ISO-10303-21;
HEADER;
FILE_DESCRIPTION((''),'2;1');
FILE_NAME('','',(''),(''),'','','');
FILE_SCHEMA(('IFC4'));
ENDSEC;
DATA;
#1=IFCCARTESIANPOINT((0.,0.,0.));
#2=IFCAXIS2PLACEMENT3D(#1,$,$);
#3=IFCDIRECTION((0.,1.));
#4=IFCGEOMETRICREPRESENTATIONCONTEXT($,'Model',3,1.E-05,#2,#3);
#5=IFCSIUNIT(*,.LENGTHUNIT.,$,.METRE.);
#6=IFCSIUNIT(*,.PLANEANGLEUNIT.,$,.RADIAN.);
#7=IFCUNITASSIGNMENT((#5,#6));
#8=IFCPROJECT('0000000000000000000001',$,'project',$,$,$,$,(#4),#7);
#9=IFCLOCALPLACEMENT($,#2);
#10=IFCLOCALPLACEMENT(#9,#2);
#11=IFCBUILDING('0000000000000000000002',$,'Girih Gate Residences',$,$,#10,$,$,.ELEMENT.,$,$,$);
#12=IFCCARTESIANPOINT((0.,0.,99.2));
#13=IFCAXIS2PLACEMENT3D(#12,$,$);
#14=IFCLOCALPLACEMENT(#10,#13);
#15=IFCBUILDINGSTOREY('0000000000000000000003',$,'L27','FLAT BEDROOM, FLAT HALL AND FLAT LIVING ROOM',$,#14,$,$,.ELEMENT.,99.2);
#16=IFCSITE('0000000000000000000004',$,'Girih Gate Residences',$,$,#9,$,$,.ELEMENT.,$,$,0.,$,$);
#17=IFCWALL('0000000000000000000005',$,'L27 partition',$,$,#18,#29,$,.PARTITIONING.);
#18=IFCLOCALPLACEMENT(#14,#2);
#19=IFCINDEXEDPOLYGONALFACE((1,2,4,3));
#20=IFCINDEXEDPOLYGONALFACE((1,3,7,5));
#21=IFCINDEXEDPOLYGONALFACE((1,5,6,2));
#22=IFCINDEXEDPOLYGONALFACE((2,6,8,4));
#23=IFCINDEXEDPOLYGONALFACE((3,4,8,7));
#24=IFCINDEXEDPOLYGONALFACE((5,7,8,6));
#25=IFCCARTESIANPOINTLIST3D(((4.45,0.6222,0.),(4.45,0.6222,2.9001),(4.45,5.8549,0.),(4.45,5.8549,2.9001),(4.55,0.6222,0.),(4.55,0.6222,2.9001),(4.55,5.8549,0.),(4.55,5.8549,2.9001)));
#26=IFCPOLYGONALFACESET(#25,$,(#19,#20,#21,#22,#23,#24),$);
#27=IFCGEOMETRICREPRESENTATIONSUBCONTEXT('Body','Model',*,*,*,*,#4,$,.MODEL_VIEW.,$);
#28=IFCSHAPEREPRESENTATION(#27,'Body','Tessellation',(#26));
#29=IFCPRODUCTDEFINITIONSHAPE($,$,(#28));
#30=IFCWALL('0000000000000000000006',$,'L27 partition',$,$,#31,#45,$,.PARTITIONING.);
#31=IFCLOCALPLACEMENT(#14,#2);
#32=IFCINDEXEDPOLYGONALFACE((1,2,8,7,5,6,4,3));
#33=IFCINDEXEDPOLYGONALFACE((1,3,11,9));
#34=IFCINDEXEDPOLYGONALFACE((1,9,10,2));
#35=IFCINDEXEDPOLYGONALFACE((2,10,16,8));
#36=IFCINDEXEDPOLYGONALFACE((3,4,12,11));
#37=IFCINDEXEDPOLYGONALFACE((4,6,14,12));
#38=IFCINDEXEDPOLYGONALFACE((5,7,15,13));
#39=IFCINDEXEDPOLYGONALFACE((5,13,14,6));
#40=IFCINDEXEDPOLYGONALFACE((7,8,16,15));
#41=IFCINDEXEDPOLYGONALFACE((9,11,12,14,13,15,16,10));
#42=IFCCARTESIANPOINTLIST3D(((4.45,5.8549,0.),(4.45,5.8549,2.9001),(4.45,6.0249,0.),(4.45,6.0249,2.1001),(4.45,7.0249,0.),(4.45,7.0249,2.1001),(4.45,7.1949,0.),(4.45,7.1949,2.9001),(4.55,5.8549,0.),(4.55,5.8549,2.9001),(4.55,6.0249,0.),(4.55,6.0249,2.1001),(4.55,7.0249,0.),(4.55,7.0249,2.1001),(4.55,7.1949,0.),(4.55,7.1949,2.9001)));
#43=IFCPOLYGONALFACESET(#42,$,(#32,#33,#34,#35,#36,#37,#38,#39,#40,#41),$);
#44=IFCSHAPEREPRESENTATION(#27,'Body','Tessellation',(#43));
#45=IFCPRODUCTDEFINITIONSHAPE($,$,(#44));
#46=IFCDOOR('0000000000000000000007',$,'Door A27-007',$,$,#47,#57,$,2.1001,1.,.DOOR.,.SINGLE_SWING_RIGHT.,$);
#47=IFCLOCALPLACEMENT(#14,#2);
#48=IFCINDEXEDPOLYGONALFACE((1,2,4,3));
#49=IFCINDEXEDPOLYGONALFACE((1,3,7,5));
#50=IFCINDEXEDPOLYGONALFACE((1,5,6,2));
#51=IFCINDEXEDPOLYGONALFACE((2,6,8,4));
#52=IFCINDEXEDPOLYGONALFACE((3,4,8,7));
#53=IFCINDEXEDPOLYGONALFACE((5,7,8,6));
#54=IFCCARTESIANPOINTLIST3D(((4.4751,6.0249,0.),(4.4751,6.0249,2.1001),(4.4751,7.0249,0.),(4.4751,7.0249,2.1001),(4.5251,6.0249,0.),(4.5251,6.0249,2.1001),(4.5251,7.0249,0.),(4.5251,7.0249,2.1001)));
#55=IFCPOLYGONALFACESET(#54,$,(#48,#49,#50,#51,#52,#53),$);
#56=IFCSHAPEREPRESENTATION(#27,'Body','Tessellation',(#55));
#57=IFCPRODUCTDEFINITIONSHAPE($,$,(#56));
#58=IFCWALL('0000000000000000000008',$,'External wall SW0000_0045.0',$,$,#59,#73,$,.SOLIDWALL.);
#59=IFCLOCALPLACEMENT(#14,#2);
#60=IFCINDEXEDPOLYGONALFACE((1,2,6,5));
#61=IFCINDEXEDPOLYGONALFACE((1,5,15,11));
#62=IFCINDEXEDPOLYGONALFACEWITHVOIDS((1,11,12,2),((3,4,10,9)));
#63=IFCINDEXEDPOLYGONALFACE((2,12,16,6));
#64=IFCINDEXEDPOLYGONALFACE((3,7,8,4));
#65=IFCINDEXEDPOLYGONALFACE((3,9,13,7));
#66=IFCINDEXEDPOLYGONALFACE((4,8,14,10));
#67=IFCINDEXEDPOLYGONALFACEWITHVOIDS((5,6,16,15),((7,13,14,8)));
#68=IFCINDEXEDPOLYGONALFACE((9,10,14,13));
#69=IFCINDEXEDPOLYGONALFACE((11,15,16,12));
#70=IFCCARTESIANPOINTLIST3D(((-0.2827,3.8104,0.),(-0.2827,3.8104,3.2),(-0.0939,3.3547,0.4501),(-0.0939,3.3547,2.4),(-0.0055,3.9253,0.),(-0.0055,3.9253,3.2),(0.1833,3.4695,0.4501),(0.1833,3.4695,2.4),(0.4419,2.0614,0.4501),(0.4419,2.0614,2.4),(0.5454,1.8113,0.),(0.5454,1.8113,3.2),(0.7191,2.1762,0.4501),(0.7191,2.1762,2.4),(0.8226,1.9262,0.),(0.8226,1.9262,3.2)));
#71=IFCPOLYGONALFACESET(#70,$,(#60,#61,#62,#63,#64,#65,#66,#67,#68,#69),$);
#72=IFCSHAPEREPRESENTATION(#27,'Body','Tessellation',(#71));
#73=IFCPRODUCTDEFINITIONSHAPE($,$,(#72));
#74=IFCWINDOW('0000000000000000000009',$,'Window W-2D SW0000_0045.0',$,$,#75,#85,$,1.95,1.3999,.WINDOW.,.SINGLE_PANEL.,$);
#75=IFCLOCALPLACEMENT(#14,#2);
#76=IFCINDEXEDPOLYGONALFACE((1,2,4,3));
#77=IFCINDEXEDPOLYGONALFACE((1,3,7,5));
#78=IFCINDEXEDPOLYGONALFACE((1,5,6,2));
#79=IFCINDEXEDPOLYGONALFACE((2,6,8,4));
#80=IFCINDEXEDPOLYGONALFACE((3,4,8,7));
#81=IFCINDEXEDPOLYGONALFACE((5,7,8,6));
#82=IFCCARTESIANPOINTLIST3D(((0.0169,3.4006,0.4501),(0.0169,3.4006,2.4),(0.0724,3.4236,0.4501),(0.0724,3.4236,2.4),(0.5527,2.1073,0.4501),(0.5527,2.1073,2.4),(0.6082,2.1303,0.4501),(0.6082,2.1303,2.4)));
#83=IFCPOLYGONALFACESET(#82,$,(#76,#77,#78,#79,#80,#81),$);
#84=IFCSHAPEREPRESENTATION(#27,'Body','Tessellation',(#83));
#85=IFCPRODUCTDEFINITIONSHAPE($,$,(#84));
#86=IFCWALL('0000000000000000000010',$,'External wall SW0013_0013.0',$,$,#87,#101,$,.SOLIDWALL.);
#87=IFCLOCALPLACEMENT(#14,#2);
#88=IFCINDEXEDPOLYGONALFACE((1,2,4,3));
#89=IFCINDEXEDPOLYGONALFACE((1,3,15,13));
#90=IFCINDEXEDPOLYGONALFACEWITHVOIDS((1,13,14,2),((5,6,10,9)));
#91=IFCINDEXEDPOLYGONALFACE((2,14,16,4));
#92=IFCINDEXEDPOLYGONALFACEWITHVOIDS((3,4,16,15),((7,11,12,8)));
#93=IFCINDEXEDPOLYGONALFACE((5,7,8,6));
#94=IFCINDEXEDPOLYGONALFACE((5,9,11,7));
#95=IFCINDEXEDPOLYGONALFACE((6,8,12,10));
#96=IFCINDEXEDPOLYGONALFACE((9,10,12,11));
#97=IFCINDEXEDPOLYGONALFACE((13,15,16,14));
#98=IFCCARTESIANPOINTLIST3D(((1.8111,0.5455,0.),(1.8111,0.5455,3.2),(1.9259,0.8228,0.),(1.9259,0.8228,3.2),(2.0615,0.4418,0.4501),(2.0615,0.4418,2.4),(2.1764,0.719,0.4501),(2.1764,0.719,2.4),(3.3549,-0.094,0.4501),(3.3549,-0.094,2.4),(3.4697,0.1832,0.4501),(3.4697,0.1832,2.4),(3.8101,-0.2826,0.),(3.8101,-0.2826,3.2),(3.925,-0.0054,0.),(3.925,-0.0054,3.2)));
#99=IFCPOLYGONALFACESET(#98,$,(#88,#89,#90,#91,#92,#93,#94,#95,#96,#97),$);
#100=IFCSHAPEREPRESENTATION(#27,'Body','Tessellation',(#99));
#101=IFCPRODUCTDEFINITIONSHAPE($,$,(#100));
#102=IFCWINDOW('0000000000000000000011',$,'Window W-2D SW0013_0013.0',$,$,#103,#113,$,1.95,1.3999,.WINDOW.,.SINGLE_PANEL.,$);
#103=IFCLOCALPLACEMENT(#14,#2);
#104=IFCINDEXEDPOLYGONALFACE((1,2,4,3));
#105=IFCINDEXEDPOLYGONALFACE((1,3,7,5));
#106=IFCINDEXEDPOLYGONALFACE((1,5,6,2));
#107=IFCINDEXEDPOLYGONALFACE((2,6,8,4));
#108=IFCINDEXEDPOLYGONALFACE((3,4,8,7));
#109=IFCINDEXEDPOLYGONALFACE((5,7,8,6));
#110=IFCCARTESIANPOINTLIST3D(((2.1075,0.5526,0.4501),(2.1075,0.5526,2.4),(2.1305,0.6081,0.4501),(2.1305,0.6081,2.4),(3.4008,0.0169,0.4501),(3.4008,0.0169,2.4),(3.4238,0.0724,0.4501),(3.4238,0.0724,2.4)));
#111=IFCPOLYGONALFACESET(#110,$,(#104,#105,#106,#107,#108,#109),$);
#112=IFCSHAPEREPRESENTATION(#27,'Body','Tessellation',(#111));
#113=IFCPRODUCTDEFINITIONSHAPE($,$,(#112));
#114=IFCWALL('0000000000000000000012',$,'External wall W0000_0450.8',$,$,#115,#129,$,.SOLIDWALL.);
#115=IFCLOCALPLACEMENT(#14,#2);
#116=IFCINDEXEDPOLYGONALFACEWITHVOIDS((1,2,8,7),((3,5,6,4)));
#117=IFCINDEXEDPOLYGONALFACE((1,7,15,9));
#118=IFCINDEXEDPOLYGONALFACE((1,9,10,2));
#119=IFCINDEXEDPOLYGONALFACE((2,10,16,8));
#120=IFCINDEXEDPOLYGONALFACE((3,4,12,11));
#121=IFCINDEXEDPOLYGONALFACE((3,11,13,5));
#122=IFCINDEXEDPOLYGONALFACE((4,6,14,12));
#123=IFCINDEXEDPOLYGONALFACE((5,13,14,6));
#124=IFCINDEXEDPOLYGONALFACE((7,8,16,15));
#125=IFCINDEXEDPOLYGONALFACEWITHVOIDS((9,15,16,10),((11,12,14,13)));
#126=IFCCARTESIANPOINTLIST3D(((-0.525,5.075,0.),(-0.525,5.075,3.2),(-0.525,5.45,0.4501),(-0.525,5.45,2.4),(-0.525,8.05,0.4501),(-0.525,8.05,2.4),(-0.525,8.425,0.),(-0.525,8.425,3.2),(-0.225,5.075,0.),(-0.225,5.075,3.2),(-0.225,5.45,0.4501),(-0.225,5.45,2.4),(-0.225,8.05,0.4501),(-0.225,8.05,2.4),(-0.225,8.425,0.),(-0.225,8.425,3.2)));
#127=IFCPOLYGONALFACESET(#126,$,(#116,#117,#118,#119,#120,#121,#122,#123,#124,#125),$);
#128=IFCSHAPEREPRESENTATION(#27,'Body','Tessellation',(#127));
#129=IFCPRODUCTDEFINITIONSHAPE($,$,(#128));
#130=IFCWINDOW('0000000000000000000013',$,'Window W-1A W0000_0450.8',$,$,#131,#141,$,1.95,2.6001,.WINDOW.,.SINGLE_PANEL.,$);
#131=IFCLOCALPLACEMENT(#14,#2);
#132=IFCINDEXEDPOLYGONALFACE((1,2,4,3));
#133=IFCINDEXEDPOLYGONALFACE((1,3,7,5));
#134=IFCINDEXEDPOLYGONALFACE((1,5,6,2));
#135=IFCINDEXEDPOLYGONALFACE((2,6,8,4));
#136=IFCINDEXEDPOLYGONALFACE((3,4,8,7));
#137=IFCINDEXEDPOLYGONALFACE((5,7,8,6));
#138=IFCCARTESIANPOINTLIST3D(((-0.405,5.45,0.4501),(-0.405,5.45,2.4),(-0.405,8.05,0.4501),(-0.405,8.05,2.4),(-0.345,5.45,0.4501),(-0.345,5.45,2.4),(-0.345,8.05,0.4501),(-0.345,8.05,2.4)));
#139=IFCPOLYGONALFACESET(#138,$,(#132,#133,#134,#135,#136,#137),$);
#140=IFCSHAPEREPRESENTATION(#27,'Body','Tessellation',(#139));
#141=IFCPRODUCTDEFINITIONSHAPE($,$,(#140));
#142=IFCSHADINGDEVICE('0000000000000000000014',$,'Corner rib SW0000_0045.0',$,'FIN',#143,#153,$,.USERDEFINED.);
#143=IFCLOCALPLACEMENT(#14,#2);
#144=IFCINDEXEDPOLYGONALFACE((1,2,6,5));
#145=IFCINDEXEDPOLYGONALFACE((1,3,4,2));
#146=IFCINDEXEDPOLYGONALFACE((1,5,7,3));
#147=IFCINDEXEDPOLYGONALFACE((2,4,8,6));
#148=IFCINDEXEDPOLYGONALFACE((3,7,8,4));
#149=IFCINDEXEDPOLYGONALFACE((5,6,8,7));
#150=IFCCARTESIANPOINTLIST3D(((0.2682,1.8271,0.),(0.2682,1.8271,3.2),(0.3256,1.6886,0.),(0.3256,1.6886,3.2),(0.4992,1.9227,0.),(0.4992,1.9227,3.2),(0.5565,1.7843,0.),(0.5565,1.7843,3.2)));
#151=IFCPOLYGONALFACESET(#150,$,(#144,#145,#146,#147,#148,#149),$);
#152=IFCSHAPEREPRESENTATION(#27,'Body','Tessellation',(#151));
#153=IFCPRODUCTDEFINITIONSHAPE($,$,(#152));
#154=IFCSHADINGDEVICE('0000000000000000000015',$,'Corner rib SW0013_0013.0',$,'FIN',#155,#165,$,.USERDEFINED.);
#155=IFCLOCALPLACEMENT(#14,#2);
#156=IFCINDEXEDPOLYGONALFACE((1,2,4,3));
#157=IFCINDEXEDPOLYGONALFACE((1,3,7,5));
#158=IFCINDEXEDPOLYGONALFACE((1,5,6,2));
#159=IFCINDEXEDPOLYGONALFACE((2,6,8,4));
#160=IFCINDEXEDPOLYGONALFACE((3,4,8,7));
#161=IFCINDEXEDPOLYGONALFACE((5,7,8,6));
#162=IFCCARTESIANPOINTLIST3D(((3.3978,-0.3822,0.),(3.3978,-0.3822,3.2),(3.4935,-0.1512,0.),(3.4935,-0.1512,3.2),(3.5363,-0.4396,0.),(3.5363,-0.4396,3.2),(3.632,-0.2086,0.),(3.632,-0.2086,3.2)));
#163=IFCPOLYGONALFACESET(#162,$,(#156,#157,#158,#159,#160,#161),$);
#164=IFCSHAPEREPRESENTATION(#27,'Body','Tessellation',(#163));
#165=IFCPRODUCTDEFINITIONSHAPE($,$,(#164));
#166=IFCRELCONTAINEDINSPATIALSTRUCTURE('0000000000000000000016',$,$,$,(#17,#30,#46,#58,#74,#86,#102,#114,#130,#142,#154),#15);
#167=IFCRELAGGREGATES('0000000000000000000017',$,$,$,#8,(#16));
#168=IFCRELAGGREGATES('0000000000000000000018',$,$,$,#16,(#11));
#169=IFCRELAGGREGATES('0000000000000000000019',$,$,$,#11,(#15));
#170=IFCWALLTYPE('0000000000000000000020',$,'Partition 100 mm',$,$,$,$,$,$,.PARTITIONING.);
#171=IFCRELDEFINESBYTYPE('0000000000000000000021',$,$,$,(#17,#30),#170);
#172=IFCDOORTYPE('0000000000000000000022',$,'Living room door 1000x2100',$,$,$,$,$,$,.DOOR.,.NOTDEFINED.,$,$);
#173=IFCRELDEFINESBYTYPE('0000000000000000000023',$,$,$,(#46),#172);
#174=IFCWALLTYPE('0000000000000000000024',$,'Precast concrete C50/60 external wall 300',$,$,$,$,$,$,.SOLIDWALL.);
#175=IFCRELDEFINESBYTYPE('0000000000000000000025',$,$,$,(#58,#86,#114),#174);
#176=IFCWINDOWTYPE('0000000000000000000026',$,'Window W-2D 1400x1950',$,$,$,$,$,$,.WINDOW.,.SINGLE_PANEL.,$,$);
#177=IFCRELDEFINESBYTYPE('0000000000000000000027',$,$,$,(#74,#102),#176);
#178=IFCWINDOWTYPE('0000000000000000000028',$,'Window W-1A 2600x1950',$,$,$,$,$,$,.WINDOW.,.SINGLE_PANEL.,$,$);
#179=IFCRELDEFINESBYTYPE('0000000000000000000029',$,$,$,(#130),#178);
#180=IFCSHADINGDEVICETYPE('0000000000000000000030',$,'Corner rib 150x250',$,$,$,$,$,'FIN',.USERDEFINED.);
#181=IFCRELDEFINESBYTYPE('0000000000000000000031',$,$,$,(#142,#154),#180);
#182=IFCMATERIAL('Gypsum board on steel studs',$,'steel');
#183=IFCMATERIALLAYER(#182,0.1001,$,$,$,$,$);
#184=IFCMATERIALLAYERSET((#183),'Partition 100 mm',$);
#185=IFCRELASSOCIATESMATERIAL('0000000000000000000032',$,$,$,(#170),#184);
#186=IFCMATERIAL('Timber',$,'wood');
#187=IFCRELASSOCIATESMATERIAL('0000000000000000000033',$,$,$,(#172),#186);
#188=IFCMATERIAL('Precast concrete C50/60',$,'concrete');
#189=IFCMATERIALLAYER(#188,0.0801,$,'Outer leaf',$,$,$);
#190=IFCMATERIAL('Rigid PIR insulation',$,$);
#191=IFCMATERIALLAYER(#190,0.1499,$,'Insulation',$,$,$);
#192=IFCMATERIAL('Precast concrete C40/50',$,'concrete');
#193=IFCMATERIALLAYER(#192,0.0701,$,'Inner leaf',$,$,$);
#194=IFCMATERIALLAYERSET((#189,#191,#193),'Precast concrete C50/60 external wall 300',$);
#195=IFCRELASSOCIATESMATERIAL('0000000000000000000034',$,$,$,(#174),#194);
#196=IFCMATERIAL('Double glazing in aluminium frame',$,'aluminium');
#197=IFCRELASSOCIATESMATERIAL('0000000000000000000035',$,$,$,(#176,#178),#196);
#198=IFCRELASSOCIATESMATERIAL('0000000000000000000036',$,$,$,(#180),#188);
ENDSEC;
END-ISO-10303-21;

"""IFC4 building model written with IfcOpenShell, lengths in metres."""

from ifc_helpers import new_model, si_unit, direction, frame, frame_2d, origin, origin_2d, place, context, subcontext, project, spatial, rectangle, extrude, material, layer, layer_set, type_object, element, fill, save


model = new_model("IFC4")

# Units and contexts
model_context = context("Model", 3, precision=1e-05, world=origin(), true_north=direction((0.0, 1.0)))
body_context = subcontext(model_context, "Body", "Model", "MODEL_VIEW")
ifc_project = project(units=[si_unit("LENGTHUNIT", "METRE"), si_unit("PLANEANGLEUNIT", "RADIAN")], contexts=[model_context])

# Site, building, storey
site_placement = place(None, origin())
site = spatial("IfcSite", under=ifc_project, at=site_placement, Name="Girih Gate Residences", CompositionType="ELEMENT", RefElevation=0.0)
building_placement = place(site_placement, origin())
building = spatial("IfcBuilding", under=site, at=building_placement, Name="Girih Gate Residences", CompositionType="ELEMENT")
storey_placement = place(building_placement, frame((0.0, 0.0, 99.2)))
storey = spatial("IfcBuildingStorey", under=building, at=storey_placement, Name="L27", Description="FLAT BEDROOM, FLAT HALL AND FLAT LIVING ROOM", CompositionType="ELEMENT", Elevation=99.2)

# Wall
ifc_material_1 = material(Name="Gypsum board on steel studs", Category="steel")
ifc_layer_1 = layer(ifc_material_1, 0.1001)
ifc_layer_set_1 = layer_set([ifc_layer_1], Name="Partition 100 mm")
wall_type_1 = type_object("IfcWallType", Name="Partition 100 mm", PredefinedType="PARTITIONING", material=ifc_layer_set_1)
wall_1_placement = place(storey_placement, frame((4.5, 0.6223, 0.0), z_axis=(0.0, 0.0, 1.0), x_axis=(0.0, 1.0, 0.0)))
element("IfcWall", 1, at=wall_1_placement, inside=storey, type_object=wall_type_1, Name="L27 partition", PredefinedType="PARTITIONING", context=body_context, shape_type="SweptSolid", body=[
    extrude(rectangle(XDim=5.2327, YDim=0.1001, at=frame_2d((2.6162, 0.0))), origin(), (0.0, 0.0, 1.0), 2.9001),
])

# Wall, opening, door
wall_2_placement = place(storey_placement, frame((4.5, 5.855, 0.0), z_axis=(0.0, 0.0, 1.0), x_axis=(0.0, 1.0, 0.0)))
wall_2 = element("IfcWall", 2, at=wall_2_placement, inside=storey, type_object=wall_type_1, Name="L27 partition", PredefinedType="PARTITIONING", context=body_context, shape_type="SweptSolid", body=[
    extrude(rectangle(XDim=1.3401, YDim=0.1001, at=frame_2d((0.6699, 0.0))), origin(), (0.0, 0.0, 1.0), 2.9001),
])
opening_1_placement = place(wall_2_placement, frame((0.1699, 0.0, 0.0)))
opening_1 = element("IfcOpeningElement", 3, at=opening_1_placement, cuts=wall_2, PredefinedType="OPENING", context=body_context, shape_type="SweptSolid", body=[
    extrude(rectangle(XDim=1.0, YDim=2.1001, at=frame_2d((0.5, 1.05))), frame((0.0, 0.0601, 0.0), z_axis=(0.0, -1.0, 0.0), x_axis=(1.0, 0.0, 0.0)), (0.0, 0.0, 1.0), 0.1201),
])
ifc_material_2 = material(Name="Timber", Category="wood")
door_type = type_object("IfcDoorType", Name="Living room door 1000x2100", OperationType="NOTDEFINED", PredefinedType="DOOR", material=ifc_material_2)
door_placement = place(opening_1_placement, origin())
door = element("IfcDoor", 4, at=door_placement, inside=storey, type_object=door_type, Name="Door A27-007", OperationType="SINGLE_SWING_RIGHT", OverallHeight=2.1001, OverallWidth=1.0, PredefinedType="DOOR", context=body_context, shape_type="SweptSolid", body=[
    extrude(rectangle(XDim=1.0, YDim=2.1001, at=frame_2d((0.5, 1.05))), frame((0.0, 0.0249, 0.0), z_axis=(0.0, -1.0, 0.0), x_axis=(1.0, 0.0, 0.0)), (0.0, 0.0, 1.0), 0.05),
])
fill(opening_1, door)

# Walls, openings, windows
ifc_material_3 = material(Name="Precast concrete C50/60", Category="concrete")
ifc_layer_2 = layer(ifc_material_3, 0.0801, Name="Outer leaf")
ifc_material_4 = material(Name="Rigid PIR insulation")
ifc_layer_3 = layer(ifc_material_4, 0.1499, Name="Insulation")
ifc_material_5 = material(Name="Precast concrete C40/50", Category="concrete")
ifc_layer_4 = layer(ifc_material_5, 0.0701, Name="Inner leaf")
ifc_layer_set_2 = layer_set([ifc_layer_2, ifc_layer_3, ifc_layer_4], Name="Precast concrete C50/60 external wall 300")
wall_type_2 = type_object("IfcWallType", Name="Precast concrete C50/60 external wall 300", PredefinedType="SOLIDWALL", material=ifc_layer_set_2)
wall_3_placement = place(storey_placement, frame((0.6841, 1.8687, 0.0), z_axis=(0.0, 0.0, 1.0), x_axis=(-0.382724, 0.923863, 0.0)))
wall_3 = element("IfcWall", 5, at=wall_3_placement, inside=storey, type_object=wall_type_2, Name="External wall SW0000_0045.0", PredefinedType="SOLIDWALL", context=body_context, shape_type="SweptSolid", body=[
    extrude(rectangle(XDim=2.1638, YDim=0.3, at=frame_2d((1.082, 0.0))), origin(), (0.0, 0.0, 1.0), 3.2),
])
opening_2_placement = place(wall_3_placement, frame((0.2708, 0.0, 0.45)))
opening_2 = element("IfcOpeningElement", 6, at=opening_2_placement, cuts=wall_3, PredefinedType="OPENING", context=body_context, shape_type="SweptSolid", body=[
    extrude(rectangle(XDim=1.3999, YDim=1.95, at=frame_2d((0.7, 0.9751))), frame((0.0, 0.1599, 0.0), z_axis=(0.0, -1.0, 0.0), x_axis=(1.0, 0.0, 0.0)), (0.0, 0.0, 1.0), 0.3201),
])
ifc_material_6 = material(Name="Double glazing in aluminium frame", Category="aluminium")
window_type_1 = type_object("IfcWindowType", Name="Window W-2D 1400x1950", PartitioningType="SINGLE_PANEL", PredefinedType="WINDOW", material=ifc_material_6)
window_1_placement = place(opening_2_placement, origin())
window_1 = element("IfcWindow", 7, at=window_1_placement, inside=storey, type_object=window_type_1, Name="Window W-2D SW0000_0045.0", OverallHeight=1.95, OverallWidth=1.3999, PartitioningType="SINGLE_PANEL", PredefinedType="WINDOW", context=body_context, shape_type="SweptSolid", body=[
    extrude(rectangle(XDim=1.3999, YDim=1.95, at=frame_2d((0.7, 0.9751))), frame((0.0, 0.03, 0.0), z_axis=(0.0, -1.0, 0.0), x_axis=(1.0, 0.0, 0.0)), (0.0, 0.0, 1.0), 0.0601),
])
fill(opening_2, window_1)
wall_4_placement = place(storey_placement, frame((3.8677, -0.144, 0.0), z_axis=(0.0, 0.0, 1.0), x_axis=(-0.923863, 0.382724, 0.0)))
wall_4 = element("IfcWall", 8, at=wall_4_placement, inside=storey, type_object=wall_type_2, Name="External wall SW0013_0013.0", PredefinedType="SOLIDWALL", context=body_context, shape_type="SweptSolid", body=[
    extrude(rectangle(XDim=2.1638, YDim=0.3, at=frame_2d((1.082, 0.0))), origin(), (0.0, 0.0, 1.0), 3.2),
])
opening_3_placement = place(wall_4_placement, frame((0.4929, 0.0, 0.45)))
opening_3 = element("IfcOpeningElement", 9, at=opening_3_placement, cuts=wall_4, PredefinedType="OPENING", context=body_context, shape_type="SweptSolid", body=[
    extrude(rectangle(XDim=1.3999, YDim=1.95, at=frame_2d((0.7, 0.9751))), frame((0.0, 0.1599, 0.0), z_axis=(0.0, -1.0, 0.0), x_axis=(1.0, 0.0, 0.0)), (0.0, 0.0, 1.0), 0.3201),
])
window_2_placement = place(opening_3_placement, origin())
window_2 = element("IfcWindow", 10, at=window_2_placement, inside=storey, type_object=window_type_1, Name="Window W-2D SW0013_0013.0", OverallHeight=1.95, OverallWidth=1.3999, PartitioningType="SINGLE_PANEL", PredefinedType="WINDOW", context=body_context, shape_type="SweptSolid", body=[
    extrude(rectangle(XDim=1.3999, YDim=1.95, at=frame_2d((0.7, 0.9751))), frame((0.0, 0.03, 0.0), z_axis=(0.0, -1.0, 0.0), x_axis=(1.0, 0.0, 0.0)), (0.0, 0.0, 1.0), 0.0601),
])
fill(opening_3, window_2)
wall_5_placement = place(storey_placement, frame((-0.375, 5.075, 0.0), z_axis=(0.0, 0.0, 1.0), x_axis=(0.0, 1.0, 0.0)))
wall_5 = element("IfcWall", 11, at=wall_5_placement, inside=storey, type_object=wall_type_2, Name="External wall W0000_0450.8", PredefinedType="SOLIDWALL", context=body_context, shape_type="SweptSolid", body=[
    extrude(rectangle(XDim=3.3501, YDim=0.3, at=frame_2d((1.675, 0.0))), origin(), (0.0, 0.0, 1.0), 3.2),
])
opening_4_placement = place(wall_5_placement, frame((0.375, 0.0, 0.45)))
opening_4 = element("IfcOpeningElement", 12, at=opening_4_placement, cuts=wall_5, PredefinedType="OPENING", context=body_context, shape_type="SweptSolid", body=[
    extrude(rectangle(XDim=2.6001, YDim=1.95, at=frame_2d((1.3, 0.9751))), frame((0.0, 0.1599, 0.0), z_axis=(0.0, -1.0, 0.0), x_axis=(1.0, 0.0, 0.0)), (0.0, 0.0, 1.0), 0.3201),
])
window_type_2 = type_object("IfcWindowType", Name="Window W-1A 2600x1950", PartitioningType="SINGLE_PANEL", PredefinedType="WINDOW", material=ifc_material_6)
window_3_placement = place(opening_4_placement, origin())
window_3 = element("IfcWindow", 13, at=window_3_placement, inside=storey, type_object=window_type_2, Name="Window W-1A W0000_0450.8", OverallHeight=1.95, OverallWidth=2.6001, PartitioningType="SINGLE_PANEL", PredefinedType="WINDOW", context=body_context, shape_type="SweptSolid", body=[
    extrude(rectangle(XDim=2.6001, YDim=1.95, at=frame_2d((1.3, 0.9751))), frame((0.0, 0.03, 0.0), z_axis=(0.0, -1.0, 0.0), x_axis=(1.0, 0.0, 0.0)), (0.0, 0.0, 1.0), 0.0601),
])
fill(opening_4, window_3)

# Shading devices
shading_device_type = type_object("IfcShadingDeviceType", Name="Corner rib 150x250", ElementType="FIN", PredefinedType="USERDEFINED", material=ifc_material_3)
for number, where, z_axis, x_axis, name in (
    (14, (0.4124, 1.8057, 0.0), (0.0, 0.0, 1.0), (0.382683, -0.92388, 0.0), "Corner rib SW0000_0045.0"),
    (15, (3.5149, -0.2954, 0.0), (0.0, 0.0, 1.0), (0.92388, -0.382683, 0.0), "Corner rib SW0013_0013.0"),
):
    element("IfcShadingDevice", number, at=place(storey_placement, frame(where, z_axis=z_axis, x_axis=x_axis)), inside=storey, type_object=shading_device_type, Name=name, ObjectType="FIN", PredefinedType="USERDEFINED", context=body_context, shape_type="SweptSolid", body=[
        extrude(rectangle(XDim=0.1499, YDim=0.25, at=origin_2d()), origin(), (0.0, 0.0, 1.0), 3.2),
    ])

save(model, "model.ifc")
